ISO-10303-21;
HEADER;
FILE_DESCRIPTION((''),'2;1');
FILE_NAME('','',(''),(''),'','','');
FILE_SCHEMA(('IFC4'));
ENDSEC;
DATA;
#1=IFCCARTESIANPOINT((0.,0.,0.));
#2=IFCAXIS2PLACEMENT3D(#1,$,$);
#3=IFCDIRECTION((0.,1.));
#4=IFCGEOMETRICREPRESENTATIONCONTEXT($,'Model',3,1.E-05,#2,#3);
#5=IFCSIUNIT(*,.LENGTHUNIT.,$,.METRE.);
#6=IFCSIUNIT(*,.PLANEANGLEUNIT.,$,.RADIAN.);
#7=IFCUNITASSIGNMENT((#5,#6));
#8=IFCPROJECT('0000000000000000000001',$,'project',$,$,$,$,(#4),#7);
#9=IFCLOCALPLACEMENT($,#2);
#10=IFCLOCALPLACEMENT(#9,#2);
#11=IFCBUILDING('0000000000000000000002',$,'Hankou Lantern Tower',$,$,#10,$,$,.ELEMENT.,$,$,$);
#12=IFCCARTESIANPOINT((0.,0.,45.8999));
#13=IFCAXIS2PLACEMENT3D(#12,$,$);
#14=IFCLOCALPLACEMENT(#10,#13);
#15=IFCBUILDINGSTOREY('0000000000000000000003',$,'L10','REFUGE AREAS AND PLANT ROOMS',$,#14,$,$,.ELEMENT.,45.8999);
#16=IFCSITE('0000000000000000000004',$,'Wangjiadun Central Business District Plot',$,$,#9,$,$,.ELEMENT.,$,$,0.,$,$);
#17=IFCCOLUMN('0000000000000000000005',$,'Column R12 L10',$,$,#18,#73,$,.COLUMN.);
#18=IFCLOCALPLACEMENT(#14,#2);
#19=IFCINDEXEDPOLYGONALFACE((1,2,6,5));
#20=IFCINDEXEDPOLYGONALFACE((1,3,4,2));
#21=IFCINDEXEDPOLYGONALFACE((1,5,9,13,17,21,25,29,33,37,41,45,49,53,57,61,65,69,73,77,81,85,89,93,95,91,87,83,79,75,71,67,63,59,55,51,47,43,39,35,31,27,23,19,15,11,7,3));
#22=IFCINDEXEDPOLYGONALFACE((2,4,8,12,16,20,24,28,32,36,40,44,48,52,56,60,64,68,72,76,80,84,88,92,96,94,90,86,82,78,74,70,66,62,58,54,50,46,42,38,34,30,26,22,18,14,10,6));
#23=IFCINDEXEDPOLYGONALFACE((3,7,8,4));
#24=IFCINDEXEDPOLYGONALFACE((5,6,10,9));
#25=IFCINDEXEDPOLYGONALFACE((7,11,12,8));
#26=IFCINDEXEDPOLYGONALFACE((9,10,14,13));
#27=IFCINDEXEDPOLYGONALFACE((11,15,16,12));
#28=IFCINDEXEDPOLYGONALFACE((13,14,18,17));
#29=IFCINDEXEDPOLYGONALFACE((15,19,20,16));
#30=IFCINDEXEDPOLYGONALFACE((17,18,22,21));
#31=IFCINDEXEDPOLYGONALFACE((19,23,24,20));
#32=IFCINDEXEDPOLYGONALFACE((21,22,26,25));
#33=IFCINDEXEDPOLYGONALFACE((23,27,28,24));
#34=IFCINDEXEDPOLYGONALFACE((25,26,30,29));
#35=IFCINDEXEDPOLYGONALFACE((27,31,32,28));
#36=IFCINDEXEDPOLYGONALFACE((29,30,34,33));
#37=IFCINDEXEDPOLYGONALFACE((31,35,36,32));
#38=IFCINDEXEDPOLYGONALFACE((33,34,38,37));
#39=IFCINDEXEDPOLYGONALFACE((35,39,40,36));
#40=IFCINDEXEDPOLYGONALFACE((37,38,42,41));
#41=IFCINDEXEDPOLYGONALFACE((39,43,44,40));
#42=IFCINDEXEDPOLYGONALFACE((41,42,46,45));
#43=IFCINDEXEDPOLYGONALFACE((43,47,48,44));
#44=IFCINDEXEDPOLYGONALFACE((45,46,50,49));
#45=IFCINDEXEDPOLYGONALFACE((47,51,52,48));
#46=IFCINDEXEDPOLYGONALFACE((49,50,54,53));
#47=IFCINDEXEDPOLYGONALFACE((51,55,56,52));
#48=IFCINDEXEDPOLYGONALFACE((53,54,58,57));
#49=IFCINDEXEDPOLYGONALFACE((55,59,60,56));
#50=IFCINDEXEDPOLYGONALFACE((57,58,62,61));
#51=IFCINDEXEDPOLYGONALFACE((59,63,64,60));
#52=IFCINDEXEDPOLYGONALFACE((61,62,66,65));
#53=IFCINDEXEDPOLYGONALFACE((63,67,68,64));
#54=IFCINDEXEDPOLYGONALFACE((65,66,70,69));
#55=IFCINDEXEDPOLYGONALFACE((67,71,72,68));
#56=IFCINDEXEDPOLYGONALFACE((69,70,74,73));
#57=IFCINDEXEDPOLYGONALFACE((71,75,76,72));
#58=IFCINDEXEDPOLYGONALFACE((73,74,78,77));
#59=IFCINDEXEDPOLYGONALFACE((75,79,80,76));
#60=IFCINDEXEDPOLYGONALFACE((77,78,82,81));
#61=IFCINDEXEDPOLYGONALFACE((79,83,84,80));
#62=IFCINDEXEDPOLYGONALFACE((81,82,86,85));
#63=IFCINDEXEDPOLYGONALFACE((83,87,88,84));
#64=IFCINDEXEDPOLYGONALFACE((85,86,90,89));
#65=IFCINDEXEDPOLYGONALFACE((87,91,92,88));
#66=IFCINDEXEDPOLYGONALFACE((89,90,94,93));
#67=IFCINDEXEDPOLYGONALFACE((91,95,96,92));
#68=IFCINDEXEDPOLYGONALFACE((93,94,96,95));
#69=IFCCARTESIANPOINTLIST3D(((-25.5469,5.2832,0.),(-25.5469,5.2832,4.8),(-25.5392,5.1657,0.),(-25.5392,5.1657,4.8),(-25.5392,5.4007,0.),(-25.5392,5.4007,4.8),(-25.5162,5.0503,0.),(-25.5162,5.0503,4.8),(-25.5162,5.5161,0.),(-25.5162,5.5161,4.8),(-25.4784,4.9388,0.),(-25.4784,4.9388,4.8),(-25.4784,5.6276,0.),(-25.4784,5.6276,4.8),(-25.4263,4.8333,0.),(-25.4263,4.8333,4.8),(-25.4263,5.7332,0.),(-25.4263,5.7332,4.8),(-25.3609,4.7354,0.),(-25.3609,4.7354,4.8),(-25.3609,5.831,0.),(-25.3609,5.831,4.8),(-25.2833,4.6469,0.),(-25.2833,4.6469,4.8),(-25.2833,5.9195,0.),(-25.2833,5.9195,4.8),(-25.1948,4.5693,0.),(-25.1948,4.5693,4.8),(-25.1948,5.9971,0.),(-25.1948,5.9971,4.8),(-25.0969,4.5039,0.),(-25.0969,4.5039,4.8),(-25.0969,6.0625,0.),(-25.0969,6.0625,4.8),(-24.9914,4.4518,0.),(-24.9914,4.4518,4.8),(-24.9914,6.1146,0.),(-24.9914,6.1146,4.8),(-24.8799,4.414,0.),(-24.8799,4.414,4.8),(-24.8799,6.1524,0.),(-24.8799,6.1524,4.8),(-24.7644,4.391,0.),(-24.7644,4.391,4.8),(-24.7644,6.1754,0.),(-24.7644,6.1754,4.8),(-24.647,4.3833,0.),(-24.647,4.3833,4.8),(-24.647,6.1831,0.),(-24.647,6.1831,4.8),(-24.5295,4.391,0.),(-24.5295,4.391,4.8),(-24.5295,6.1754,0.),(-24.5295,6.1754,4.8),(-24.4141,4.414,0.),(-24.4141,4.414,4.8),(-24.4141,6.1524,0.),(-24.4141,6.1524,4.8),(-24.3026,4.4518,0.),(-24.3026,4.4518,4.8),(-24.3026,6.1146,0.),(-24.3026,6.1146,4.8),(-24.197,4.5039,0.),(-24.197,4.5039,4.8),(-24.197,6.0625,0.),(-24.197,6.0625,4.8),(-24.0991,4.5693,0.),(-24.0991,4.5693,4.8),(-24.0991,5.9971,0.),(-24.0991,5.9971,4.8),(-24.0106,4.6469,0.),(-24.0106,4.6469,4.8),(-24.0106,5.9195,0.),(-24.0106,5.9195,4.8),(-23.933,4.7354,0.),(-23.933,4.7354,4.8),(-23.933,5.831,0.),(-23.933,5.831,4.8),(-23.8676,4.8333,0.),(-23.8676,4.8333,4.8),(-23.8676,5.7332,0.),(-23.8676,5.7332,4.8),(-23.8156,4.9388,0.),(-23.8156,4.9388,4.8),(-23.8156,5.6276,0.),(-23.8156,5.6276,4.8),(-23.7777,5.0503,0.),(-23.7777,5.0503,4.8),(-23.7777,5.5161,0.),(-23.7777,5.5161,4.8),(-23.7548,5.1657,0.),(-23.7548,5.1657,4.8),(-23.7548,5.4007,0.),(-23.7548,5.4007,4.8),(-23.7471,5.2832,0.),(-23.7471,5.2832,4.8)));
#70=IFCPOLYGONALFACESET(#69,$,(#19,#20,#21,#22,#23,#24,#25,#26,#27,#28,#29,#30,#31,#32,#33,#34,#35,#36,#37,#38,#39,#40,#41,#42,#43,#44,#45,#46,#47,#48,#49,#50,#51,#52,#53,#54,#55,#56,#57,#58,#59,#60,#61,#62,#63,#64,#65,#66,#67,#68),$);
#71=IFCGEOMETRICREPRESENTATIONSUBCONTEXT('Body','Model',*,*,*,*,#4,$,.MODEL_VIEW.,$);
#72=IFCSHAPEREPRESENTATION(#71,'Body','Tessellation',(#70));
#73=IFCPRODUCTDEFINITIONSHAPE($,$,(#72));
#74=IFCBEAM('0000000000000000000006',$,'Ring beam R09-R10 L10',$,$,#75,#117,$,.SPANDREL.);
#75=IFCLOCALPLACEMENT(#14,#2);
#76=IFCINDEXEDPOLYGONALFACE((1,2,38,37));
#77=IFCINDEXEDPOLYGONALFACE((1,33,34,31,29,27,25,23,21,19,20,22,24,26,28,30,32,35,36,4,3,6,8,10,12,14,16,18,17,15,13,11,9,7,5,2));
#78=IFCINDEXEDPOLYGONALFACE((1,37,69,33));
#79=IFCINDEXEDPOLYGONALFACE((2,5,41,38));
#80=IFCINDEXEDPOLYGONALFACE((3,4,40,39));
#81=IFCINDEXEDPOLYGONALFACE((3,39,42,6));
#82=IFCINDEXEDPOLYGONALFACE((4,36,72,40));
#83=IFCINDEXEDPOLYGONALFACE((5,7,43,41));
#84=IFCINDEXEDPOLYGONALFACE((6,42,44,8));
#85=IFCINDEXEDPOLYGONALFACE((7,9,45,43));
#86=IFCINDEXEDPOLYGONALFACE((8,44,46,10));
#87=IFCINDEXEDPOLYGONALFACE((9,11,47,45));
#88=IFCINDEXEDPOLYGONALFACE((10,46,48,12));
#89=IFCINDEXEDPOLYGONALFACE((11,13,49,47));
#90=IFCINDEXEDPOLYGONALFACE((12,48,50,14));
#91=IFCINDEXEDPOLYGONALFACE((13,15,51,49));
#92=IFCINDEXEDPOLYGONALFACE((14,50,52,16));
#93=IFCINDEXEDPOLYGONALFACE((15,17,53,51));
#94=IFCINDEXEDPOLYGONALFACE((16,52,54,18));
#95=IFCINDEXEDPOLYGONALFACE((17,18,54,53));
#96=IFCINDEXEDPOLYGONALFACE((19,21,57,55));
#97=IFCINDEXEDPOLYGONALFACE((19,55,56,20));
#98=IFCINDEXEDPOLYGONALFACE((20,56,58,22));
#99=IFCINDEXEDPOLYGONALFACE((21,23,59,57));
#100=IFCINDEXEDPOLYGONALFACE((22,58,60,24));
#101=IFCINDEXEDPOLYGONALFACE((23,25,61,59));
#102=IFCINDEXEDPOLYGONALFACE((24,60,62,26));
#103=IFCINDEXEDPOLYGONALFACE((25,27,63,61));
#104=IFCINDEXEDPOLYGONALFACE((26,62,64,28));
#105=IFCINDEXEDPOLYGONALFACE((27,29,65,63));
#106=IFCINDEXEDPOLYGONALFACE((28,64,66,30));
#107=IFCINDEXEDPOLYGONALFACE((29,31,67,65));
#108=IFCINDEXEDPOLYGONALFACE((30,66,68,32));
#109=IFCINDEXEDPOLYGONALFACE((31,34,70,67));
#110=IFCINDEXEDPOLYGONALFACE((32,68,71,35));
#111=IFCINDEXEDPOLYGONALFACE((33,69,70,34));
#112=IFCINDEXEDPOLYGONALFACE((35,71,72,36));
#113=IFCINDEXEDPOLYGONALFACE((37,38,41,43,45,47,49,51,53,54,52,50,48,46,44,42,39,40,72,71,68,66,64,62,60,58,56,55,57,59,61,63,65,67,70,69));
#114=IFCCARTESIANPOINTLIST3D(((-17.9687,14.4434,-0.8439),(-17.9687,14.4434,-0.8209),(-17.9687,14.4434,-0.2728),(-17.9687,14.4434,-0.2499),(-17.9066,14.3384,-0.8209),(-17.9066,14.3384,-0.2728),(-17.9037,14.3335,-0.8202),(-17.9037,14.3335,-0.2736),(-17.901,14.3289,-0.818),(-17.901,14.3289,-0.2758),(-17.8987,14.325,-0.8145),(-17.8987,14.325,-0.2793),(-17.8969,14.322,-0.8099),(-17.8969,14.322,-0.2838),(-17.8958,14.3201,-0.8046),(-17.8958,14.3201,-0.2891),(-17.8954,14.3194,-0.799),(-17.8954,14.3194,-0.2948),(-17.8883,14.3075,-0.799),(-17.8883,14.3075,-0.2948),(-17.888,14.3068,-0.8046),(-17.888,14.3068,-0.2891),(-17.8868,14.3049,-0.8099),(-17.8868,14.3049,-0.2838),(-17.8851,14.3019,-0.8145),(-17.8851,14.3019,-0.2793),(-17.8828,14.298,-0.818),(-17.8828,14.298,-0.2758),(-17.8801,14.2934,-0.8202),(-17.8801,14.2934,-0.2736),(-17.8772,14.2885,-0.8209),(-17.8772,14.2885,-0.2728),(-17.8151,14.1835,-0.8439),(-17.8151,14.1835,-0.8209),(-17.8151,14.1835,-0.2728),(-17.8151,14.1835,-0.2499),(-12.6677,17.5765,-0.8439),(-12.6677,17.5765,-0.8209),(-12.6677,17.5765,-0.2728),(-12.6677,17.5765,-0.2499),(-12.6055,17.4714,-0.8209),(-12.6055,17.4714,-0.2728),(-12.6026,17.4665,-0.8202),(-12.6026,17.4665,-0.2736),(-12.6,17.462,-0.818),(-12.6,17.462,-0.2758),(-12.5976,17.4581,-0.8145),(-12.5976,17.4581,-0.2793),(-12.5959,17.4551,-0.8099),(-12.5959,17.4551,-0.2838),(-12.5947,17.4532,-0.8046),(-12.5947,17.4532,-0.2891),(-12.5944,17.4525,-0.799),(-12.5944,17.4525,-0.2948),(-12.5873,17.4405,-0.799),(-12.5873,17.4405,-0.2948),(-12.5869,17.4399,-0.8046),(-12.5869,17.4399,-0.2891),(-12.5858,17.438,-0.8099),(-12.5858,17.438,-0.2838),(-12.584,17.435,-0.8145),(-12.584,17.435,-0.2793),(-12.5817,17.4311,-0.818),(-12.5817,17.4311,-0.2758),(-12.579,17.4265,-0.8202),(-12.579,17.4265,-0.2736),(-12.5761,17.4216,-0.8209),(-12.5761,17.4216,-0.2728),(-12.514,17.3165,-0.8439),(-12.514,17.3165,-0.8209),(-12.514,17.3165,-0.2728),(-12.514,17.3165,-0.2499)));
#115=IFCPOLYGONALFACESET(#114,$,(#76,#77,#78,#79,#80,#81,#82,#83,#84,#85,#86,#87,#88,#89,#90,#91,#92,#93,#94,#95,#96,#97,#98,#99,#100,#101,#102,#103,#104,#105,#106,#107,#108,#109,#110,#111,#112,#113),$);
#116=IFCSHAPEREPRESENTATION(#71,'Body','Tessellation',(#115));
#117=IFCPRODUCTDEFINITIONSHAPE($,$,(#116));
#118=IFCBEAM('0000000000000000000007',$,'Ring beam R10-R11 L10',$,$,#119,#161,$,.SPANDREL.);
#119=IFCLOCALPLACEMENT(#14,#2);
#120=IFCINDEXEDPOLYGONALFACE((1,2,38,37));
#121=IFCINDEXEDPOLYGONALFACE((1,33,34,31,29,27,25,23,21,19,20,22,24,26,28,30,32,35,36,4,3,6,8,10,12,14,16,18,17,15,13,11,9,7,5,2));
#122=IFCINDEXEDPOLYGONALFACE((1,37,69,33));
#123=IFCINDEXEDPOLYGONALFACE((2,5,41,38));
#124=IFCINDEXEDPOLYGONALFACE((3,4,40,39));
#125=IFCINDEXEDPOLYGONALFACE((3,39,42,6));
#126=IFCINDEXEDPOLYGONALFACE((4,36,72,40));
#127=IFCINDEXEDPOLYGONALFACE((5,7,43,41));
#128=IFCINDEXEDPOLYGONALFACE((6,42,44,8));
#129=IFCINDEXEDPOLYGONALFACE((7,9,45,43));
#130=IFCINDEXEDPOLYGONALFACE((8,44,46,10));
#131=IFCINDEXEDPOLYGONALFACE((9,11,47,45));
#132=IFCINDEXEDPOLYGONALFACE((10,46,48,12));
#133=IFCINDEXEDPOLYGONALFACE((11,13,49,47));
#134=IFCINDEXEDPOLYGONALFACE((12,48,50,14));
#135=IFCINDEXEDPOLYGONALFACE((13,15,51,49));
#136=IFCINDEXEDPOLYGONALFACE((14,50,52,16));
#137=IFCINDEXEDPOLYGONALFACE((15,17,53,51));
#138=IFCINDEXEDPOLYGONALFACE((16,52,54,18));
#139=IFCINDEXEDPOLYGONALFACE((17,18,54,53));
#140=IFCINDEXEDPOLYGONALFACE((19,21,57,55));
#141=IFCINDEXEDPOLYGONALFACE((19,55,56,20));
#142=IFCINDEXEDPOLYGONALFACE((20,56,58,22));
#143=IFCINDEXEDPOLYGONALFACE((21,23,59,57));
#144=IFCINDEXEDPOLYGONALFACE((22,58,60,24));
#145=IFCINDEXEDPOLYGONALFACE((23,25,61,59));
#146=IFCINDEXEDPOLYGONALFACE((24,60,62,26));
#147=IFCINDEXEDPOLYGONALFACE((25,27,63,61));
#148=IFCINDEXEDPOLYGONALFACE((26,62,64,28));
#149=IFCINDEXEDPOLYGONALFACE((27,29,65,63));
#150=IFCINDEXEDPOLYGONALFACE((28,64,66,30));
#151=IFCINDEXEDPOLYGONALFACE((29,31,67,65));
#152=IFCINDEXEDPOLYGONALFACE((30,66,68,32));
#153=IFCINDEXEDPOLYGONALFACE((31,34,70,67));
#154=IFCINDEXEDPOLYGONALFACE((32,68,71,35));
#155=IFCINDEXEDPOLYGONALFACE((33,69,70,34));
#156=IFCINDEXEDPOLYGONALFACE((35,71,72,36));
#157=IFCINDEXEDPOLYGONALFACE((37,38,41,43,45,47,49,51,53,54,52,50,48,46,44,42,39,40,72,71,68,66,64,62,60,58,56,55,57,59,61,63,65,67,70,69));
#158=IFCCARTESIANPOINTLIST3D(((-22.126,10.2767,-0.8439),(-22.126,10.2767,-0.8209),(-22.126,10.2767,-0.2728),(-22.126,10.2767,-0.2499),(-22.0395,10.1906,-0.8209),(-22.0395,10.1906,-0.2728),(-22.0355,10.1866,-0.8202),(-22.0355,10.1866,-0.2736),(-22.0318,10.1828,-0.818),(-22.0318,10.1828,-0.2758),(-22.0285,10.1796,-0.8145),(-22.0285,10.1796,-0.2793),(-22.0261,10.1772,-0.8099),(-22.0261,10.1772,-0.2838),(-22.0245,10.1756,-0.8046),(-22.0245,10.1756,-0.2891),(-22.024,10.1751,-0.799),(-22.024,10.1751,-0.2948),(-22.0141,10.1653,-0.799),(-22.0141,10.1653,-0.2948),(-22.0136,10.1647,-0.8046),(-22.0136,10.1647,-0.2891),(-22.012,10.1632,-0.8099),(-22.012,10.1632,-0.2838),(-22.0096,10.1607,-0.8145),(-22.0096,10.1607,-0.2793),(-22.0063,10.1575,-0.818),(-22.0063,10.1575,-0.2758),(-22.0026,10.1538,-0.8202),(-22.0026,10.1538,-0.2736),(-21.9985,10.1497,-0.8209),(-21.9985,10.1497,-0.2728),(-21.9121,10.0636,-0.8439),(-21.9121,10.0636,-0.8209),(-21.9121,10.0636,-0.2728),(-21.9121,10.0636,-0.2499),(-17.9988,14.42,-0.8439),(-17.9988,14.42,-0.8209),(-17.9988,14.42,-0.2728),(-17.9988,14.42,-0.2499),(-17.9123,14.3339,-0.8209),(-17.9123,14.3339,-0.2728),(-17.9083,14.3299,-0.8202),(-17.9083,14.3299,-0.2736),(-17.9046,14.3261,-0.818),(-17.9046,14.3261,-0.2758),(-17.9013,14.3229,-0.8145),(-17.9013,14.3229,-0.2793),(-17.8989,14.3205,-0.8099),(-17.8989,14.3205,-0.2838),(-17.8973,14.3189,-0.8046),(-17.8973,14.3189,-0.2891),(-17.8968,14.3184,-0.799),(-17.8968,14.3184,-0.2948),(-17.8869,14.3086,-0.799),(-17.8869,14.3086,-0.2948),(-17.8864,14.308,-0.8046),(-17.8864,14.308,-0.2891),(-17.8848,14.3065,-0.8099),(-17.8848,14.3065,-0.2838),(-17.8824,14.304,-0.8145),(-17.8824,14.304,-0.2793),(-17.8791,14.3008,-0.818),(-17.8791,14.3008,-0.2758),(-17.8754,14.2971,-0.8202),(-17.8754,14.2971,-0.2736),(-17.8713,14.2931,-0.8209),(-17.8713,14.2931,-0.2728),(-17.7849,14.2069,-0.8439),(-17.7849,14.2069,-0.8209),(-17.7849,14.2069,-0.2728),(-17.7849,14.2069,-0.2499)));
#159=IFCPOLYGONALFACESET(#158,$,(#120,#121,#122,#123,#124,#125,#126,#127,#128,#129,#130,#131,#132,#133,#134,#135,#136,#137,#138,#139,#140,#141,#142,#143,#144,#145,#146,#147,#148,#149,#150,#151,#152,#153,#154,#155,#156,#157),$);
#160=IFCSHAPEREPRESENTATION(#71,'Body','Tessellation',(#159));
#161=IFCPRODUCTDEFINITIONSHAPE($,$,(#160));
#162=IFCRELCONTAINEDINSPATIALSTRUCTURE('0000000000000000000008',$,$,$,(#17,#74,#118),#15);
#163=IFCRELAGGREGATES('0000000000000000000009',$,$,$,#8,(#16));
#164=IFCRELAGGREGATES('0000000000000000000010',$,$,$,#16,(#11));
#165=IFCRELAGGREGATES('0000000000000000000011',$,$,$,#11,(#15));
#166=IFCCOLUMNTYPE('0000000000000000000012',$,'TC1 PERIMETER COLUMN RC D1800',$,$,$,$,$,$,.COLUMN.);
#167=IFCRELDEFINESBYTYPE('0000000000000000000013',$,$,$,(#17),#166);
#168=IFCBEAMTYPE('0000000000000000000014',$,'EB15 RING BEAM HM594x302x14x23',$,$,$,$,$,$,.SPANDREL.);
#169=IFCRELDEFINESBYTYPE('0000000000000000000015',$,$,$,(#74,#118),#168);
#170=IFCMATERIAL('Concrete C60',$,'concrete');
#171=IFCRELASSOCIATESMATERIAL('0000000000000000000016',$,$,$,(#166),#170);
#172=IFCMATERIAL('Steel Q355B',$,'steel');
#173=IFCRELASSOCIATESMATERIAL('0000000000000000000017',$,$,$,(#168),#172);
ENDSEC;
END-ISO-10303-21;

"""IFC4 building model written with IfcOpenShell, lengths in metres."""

from ifc_helpers import new_model, si_unit, direction, frame, origin, origin_2d, place, context, subcontext, project, spatial, circle, i_section, extrude, material, material_profile, profile_set, type_object, element, save


model = new_model("IFC4")

# Units and contexts
model_context = context("Model", 3, precision=1e-05, world=origin(), true_north=direction((0.0, 1.0)))
body_context = subcontext(model_context, "Body", "Model", "MODEL_VIEW")
ifc_project = project(units=[si_unit("LENGTHUNIT", "METRE"), si_unit("PLANEANGLEUNIT", "RADIAN")], contexts=[model_context])

# Site, building, storey
site_placement = place(None, origin())
site = spatial("IfcSite", under=ifc_project, at=site_placement, Name="Wangjiadun Central Business District Plot", CompositionType="ELEMENT", RefElevation=0.0)
building_placement = place(site_placement, origin())
building = spatial("IfcBuilding", under=site, at=building_placement, Name="Hankou Lantern Tower", CompositionType="ELEMENT")
storey_placement = place(building_placement, frame((0.0, 0.0, 45.8999)))
storey = spatial("IfcBuildingStorey", under=building, at=storey_placement, Name="L10", Description="REFUGE AREAS AND PLANT ROOMS", CompositionType="ELEMENT", Elevation=45.8999)

# Column
ifc_material_1 = material(Name="Concrete C60", Category="concrete")
ifc_material_profile_1 = material_profile(ifc_material_1, circle(Radius=0.8999, at=origin_2d()), Name="RC D1800")
ifc_profile_set_1 = profile_set([ifc_material_profile_1], Name="Concrete C60")
column_type = type_object("IfcColumnType", Name="TC1 PERIMETER COLUMN RC D1800", PredefinedType="COLUMN", material=ifc_profile_set_1)
for number, where, z_axis, x_axis, name in (
    (1, (-24.647, 5.2832, 0.0), (0.0, 0.0, 1.0), (1.0, 0.0, 0.0), "Column R12 L10"),
):
    element("IfcColumn", number, at=place(storey_placement, frame(where, z_axis=z_axis, x_axis=x_axis)), inside=storey, type_object=column_type, Name=name, PredefinedType="COLUMN", context=body_context, shape_type="SweptSolid", body=[
        extrude(circle(Radius=0.8999, at=origin_2d()), origin(), (0.0, 0.0, 1.0), 4.8),
    ])

# Beams
ifc_material_2 = material(Name="Steel Q355B", Category="steel")
ifc_material_profile_2 = material_profile(ifc_material_2, i_section(OverallWidth=0.302, OverallDepth=0.594, WebThickness=0.0139, FlangeThickness=0.0229, FilletRadius=0.022, at=origin_2d()), Name="HM594x302x14x23")
ifc_profile_set_2 = profile_set([ifc_material_profile_2], Name="Steel Q355B")
beam_type_1 = type_object("IfcBeamType", Name="EB15 RING BEAM HM594x302x14x23", PredefinedType="SPANDREL", material=ifc_profile_set_2)
beam_1_placement = place(storey_placement, frame((-12.5908, 17.4465, -0.5469), z_axis=(-0.860882, -0.508805, 0.0), x_axis=(0.508805, -0.860882, 0.0)))
element("IfcBeam", 2, at=beam_1_placement, inside=storey, type_object=beam_type_1, Name="Ring beam R09-R10 L10", PredefinedType="SPANDREL", context=body_context, shape_type="SweptSolid", body=[
    extrude(i_section(OverallWidth=0.302, OverallDepth=0.594, WebThickness=0.0139, FlangeThickness=0.0229, FilletRadius=0.022, at=origin_2d()), origin(), (0.0, 0.0, 1.0), 6.1577),
])
beam_2_placement = place(storey_placement, frame((-17.8918, 14.3135, -0.5469), z_axis=(-0.705728, -0.708483, 0.0), x_axis=(0.708483, -0.705728, 0.0)))
element("IfcBeam", 3, at=beam_2_placement, inside=storey, type_object=beam_type_1, Name="Ring beam R10-R11 L10", PredefinedType="SPANDREL", context=body_context, shape_type="SweptSolid", body=[
    extrude(i_section(OverallWidth=0.302, OverallDepth=0.594, WebThickness=0.0139, FlangeThickness=0.0229, FilletRadius=0.022, at=origin_2d()), origin(), (0.0, 0.0, 1.0), 5.8481),
])

save(model, "model.ifc")
